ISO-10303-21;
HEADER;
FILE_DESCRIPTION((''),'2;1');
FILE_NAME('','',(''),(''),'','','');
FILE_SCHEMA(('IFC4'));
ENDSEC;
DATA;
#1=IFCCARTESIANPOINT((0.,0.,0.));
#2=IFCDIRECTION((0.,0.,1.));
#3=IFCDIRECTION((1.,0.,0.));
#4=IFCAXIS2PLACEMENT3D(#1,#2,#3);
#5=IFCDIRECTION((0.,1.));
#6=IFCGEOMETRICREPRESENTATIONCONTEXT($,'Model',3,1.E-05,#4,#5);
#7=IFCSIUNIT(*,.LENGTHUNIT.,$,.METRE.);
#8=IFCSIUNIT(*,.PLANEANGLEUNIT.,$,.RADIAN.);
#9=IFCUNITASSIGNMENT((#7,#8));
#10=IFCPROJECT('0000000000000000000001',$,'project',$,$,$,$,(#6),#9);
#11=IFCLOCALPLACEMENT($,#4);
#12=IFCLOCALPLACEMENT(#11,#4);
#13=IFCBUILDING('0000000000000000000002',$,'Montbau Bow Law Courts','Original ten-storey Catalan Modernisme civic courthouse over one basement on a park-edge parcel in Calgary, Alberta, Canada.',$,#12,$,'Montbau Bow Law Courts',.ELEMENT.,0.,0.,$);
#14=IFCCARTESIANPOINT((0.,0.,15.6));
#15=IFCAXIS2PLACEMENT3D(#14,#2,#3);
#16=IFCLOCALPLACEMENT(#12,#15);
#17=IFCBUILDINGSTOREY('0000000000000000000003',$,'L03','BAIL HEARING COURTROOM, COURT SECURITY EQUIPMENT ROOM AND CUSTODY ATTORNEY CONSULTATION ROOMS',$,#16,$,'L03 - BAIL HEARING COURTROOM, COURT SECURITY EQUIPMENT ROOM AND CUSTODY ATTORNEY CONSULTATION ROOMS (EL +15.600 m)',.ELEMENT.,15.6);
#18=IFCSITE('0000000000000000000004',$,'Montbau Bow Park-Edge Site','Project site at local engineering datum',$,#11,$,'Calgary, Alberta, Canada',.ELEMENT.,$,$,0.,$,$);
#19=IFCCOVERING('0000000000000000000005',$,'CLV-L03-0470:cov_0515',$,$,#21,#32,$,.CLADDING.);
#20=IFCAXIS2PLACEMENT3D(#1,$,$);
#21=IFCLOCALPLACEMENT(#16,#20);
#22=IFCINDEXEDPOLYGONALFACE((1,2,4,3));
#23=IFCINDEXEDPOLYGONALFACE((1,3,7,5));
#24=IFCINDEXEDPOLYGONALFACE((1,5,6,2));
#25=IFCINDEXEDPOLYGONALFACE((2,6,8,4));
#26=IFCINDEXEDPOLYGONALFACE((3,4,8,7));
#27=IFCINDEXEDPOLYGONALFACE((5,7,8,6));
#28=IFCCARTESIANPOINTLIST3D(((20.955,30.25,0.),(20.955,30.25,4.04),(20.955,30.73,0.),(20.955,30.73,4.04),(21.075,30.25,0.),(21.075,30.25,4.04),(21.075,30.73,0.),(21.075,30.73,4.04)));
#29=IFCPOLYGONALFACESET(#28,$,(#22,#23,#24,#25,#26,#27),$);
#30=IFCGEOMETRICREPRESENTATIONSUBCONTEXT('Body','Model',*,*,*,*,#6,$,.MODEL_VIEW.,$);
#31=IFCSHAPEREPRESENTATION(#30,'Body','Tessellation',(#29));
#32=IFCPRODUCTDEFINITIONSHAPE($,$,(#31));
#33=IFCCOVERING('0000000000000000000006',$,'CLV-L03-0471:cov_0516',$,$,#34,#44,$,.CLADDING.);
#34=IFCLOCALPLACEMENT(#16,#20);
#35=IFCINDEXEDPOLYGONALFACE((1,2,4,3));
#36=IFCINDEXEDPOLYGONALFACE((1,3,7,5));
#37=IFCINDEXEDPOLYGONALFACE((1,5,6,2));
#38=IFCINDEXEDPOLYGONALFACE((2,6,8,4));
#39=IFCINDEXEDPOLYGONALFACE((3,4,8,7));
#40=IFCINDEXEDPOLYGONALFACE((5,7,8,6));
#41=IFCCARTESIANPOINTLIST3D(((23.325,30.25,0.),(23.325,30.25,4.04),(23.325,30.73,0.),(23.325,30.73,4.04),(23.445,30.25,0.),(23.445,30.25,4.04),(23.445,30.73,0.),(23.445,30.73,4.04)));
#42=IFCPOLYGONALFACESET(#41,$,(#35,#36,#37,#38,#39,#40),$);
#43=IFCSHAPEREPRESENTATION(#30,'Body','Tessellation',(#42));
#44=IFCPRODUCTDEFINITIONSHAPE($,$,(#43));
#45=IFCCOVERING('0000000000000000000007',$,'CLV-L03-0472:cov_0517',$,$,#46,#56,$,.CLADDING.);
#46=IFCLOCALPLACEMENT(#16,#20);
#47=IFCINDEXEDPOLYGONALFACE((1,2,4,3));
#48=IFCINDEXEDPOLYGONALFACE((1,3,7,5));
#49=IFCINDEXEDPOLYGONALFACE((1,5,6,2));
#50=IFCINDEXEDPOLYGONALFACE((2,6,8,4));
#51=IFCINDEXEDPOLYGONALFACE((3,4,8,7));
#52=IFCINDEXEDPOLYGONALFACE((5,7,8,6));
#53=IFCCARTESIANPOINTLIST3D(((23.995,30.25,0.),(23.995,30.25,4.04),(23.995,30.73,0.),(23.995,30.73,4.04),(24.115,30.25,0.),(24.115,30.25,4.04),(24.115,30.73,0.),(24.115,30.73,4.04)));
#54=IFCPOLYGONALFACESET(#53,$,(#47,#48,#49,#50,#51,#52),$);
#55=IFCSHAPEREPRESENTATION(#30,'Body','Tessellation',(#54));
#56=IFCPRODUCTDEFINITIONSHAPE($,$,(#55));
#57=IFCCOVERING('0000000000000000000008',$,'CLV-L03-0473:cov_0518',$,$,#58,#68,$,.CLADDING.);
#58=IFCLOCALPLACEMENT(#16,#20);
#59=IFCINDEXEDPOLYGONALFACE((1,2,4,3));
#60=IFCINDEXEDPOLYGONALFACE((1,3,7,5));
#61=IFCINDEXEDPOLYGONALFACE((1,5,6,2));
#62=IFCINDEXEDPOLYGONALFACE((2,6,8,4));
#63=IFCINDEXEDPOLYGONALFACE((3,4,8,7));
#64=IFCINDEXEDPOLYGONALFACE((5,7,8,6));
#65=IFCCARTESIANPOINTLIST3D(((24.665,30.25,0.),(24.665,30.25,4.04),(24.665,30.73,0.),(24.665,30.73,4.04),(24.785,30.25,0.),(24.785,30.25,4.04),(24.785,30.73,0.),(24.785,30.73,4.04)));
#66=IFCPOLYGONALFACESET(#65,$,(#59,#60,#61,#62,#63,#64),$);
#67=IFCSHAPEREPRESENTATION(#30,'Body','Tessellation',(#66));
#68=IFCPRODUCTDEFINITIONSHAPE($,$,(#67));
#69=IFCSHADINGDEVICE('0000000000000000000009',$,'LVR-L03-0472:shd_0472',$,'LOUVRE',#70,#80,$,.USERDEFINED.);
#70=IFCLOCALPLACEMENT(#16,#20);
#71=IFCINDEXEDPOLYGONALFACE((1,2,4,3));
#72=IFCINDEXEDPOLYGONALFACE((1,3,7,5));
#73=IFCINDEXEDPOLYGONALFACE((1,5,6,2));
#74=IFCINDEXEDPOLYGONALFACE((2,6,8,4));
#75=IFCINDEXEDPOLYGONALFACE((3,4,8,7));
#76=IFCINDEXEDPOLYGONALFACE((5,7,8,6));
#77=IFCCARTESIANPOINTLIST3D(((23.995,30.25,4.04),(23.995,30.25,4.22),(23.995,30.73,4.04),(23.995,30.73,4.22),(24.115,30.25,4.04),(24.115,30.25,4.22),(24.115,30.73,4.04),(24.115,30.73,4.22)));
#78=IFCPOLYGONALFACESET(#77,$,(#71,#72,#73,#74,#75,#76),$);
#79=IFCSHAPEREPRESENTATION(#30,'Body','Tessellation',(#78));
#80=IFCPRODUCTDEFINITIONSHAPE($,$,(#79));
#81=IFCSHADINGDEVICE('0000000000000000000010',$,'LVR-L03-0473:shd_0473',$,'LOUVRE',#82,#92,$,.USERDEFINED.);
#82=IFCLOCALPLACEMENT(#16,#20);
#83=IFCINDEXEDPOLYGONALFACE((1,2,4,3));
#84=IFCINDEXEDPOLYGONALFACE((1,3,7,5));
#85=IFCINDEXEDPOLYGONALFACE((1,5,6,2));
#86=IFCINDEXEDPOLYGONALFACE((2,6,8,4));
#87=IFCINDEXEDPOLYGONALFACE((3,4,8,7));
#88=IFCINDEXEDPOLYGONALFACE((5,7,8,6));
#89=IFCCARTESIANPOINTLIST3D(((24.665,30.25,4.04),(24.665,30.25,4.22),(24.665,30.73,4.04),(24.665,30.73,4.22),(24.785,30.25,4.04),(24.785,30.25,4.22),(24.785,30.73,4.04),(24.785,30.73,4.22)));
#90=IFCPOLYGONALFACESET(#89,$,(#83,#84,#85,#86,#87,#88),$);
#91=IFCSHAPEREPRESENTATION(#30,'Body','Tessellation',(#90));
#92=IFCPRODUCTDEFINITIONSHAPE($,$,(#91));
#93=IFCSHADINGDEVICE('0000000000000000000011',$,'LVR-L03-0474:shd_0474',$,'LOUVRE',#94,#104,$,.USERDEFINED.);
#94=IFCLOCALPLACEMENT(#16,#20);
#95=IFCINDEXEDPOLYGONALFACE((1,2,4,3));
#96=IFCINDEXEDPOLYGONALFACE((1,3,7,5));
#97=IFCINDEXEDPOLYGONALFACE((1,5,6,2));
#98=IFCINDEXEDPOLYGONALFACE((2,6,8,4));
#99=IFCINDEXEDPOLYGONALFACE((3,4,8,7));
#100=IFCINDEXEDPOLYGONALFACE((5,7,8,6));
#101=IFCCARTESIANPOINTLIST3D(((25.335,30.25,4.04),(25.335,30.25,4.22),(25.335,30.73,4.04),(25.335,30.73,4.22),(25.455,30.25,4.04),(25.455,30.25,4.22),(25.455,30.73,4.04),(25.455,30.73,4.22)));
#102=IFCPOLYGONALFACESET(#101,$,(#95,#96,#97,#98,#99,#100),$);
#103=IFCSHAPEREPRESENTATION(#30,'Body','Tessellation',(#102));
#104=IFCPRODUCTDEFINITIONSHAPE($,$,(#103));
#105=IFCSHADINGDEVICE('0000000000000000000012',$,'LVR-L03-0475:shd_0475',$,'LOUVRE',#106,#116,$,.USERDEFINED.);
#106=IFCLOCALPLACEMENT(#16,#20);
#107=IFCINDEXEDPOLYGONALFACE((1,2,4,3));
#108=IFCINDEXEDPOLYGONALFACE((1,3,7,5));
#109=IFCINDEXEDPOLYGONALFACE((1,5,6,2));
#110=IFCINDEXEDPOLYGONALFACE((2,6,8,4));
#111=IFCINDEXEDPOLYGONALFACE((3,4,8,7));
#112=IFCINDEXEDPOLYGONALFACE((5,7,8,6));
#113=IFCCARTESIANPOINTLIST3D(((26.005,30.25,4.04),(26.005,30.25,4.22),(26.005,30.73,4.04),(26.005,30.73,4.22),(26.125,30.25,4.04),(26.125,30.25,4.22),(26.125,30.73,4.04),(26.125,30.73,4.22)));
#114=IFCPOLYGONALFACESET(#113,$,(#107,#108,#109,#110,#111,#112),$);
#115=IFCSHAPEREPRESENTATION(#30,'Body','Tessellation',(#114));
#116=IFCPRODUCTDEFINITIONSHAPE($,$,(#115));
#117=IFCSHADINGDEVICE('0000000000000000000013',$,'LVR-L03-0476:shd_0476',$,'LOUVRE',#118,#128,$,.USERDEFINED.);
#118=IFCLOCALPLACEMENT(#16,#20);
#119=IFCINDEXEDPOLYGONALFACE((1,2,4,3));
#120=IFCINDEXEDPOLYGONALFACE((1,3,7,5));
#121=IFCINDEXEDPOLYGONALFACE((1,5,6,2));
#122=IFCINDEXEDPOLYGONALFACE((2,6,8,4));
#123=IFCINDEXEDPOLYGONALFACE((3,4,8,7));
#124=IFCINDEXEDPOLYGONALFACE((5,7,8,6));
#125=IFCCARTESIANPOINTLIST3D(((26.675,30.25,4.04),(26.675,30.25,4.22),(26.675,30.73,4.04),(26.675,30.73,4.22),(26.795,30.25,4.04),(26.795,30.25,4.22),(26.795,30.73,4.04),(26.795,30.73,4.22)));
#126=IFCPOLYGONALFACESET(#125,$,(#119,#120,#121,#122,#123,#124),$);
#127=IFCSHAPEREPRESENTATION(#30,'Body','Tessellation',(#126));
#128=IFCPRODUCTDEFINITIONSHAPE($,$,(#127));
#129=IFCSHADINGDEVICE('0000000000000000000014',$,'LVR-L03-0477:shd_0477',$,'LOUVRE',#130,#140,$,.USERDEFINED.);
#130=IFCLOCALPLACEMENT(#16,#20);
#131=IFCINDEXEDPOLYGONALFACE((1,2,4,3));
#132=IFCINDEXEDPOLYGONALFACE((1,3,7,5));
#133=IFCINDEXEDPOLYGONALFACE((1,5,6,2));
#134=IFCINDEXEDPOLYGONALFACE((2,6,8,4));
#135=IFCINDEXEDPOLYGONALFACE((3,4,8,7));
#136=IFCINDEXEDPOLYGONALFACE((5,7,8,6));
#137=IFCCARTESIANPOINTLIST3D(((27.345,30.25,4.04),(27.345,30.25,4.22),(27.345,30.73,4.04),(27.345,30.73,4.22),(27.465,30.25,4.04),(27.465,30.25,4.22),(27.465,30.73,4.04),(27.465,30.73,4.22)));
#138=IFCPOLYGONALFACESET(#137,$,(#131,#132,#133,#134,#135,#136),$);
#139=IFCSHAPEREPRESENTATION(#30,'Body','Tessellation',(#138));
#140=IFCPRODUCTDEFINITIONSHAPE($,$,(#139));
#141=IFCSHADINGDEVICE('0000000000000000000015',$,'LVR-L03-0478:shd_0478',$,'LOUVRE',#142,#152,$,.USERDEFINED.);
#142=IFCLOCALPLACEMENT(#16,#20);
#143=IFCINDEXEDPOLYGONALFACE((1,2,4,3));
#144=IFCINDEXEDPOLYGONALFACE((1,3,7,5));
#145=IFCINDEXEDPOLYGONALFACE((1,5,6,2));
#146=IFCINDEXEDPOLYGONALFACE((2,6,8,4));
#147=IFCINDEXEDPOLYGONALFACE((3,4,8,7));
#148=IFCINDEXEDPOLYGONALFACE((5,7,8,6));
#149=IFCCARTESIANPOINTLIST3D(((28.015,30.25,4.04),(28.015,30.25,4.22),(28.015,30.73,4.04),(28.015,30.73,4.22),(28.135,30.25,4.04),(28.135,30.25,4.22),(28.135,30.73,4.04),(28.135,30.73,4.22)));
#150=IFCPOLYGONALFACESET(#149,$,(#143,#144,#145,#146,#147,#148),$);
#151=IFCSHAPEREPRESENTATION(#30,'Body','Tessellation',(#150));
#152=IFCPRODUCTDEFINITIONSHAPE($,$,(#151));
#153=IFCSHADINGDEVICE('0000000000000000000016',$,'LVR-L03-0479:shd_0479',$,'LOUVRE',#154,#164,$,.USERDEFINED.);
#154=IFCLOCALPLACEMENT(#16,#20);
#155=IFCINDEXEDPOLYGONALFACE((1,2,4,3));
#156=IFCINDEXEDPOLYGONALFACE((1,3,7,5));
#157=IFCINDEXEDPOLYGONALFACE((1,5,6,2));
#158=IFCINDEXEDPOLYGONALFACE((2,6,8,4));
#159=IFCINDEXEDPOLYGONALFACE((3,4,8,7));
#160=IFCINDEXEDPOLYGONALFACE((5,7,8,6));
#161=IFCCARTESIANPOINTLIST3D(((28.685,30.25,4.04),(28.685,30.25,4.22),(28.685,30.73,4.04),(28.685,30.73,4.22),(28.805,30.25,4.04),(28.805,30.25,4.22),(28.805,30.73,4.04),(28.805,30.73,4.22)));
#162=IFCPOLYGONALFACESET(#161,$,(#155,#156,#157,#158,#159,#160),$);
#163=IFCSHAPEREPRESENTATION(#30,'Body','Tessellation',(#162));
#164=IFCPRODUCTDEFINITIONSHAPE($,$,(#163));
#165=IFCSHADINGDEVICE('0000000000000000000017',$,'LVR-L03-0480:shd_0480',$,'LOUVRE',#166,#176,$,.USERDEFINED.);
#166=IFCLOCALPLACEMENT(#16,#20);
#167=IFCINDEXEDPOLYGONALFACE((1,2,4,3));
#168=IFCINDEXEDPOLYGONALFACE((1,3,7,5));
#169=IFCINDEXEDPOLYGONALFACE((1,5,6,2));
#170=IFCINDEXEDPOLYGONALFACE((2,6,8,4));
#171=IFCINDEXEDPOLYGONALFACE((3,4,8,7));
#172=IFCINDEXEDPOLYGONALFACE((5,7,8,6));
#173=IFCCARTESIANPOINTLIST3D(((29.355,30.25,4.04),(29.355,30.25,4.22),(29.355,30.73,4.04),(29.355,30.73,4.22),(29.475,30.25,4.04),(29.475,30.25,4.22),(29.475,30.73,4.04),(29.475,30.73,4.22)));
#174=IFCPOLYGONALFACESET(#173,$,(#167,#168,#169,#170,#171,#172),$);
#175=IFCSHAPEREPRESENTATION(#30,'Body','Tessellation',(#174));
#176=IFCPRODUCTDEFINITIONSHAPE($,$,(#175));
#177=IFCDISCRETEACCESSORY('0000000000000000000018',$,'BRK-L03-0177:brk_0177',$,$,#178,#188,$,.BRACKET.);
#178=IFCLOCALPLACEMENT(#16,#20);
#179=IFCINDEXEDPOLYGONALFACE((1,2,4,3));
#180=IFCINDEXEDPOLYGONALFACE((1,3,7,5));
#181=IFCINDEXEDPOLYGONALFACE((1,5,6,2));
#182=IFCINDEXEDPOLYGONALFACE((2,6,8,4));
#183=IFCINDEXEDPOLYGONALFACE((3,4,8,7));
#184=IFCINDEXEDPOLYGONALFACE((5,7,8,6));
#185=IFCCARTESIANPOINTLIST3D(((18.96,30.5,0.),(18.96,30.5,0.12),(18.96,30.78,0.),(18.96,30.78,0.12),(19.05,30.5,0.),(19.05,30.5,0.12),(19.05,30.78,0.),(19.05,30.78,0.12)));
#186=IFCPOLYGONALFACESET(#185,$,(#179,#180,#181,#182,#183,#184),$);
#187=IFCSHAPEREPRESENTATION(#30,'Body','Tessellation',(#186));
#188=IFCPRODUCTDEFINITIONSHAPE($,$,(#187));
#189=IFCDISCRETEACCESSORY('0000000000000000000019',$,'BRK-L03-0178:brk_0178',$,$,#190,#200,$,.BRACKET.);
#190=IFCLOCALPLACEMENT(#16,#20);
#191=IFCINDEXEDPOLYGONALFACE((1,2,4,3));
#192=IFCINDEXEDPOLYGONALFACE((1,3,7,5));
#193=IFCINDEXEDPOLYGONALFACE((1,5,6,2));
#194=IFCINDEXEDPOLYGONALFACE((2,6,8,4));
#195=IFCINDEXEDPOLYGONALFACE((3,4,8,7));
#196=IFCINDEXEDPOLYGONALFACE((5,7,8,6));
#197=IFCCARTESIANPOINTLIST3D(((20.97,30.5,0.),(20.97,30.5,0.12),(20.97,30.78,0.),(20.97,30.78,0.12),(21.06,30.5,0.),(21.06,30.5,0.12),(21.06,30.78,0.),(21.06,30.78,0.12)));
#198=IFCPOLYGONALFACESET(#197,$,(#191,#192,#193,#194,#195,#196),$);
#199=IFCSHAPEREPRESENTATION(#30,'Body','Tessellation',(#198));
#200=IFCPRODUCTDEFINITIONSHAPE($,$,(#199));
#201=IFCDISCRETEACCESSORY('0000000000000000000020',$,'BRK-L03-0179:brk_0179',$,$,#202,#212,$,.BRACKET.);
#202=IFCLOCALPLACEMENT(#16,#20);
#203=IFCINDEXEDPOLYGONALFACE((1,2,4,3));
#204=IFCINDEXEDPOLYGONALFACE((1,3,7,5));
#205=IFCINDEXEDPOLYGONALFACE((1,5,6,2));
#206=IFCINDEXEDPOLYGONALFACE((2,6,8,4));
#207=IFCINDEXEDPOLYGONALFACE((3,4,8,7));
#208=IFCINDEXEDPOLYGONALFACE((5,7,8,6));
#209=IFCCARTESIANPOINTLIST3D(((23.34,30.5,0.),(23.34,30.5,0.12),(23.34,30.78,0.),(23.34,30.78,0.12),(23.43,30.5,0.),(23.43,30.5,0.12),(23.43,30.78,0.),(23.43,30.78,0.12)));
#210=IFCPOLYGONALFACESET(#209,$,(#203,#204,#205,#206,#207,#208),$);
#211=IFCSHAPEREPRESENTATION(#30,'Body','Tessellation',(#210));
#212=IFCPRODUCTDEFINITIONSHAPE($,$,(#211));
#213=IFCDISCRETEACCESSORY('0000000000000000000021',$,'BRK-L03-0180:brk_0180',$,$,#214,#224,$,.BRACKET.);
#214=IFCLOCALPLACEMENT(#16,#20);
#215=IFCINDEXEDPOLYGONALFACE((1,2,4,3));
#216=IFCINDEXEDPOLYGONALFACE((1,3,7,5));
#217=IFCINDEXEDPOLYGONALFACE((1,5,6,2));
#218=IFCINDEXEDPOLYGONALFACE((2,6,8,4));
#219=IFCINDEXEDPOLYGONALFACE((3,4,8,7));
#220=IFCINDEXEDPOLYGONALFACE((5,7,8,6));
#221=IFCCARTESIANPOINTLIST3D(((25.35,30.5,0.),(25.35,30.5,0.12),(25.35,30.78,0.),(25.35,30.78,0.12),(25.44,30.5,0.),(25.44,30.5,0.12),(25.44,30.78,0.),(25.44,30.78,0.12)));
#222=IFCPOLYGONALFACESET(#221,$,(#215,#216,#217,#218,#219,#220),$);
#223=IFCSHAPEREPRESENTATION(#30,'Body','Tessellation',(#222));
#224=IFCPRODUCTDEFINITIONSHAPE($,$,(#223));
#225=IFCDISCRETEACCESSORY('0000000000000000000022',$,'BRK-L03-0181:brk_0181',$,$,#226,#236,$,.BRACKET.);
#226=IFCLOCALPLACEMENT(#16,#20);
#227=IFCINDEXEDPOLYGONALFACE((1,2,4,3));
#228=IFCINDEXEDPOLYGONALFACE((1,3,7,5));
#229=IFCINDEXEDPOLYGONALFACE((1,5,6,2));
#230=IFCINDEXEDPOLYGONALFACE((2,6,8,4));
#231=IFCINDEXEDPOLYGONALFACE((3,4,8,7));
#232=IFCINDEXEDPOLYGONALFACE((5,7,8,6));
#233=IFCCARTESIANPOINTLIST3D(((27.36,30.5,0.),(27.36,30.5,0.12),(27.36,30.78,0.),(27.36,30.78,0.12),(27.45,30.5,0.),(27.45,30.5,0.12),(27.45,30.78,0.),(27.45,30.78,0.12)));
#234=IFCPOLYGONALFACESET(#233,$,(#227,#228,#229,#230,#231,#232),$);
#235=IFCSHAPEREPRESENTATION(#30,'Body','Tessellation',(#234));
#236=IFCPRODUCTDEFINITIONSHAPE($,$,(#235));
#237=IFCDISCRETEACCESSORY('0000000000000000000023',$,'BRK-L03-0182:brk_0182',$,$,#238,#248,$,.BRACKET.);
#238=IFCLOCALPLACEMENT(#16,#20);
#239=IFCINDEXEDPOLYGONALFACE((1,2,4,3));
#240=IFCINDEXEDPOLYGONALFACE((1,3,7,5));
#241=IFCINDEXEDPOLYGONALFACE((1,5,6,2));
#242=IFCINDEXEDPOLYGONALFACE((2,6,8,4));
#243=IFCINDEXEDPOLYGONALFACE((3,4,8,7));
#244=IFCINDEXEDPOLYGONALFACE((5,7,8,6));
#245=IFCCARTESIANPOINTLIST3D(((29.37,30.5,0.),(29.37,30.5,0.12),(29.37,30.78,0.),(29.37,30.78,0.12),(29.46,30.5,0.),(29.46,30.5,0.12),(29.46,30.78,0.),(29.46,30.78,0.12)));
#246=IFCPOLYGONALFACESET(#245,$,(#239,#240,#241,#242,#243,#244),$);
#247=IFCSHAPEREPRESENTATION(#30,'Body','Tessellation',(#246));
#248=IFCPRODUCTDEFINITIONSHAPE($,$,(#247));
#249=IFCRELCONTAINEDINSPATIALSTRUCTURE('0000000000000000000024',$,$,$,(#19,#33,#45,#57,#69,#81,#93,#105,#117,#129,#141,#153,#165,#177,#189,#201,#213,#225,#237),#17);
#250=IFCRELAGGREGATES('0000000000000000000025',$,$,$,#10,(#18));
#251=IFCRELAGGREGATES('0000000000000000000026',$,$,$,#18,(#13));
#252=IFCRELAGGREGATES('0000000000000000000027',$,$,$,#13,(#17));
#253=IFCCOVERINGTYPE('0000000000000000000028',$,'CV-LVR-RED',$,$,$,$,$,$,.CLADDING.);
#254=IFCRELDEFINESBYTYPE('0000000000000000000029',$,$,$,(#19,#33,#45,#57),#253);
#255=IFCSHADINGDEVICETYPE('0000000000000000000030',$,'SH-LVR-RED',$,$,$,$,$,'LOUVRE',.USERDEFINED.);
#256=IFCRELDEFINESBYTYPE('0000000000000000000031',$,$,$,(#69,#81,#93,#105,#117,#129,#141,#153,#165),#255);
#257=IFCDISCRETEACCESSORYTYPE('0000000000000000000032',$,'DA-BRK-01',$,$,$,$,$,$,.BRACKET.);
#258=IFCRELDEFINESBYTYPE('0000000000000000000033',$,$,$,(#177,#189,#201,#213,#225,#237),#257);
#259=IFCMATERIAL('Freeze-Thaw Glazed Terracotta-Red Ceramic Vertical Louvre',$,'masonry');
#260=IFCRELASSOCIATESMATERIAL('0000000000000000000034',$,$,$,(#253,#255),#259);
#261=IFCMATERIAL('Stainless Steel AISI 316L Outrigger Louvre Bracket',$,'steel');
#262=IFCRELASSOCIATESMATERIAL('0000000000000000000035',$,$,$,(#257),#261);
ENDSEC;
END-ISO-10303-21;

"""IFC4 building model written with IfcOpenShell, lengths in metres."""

from ifc_helpers import new_model, si_unit, direction, frame, frame_2d, origin_with_axes, origin_2d_with_axis, place, context, subcontext, project, spatial, rectangle, extrude, material, type_object, element, save


model = new_model("IFC4")

# Units and contexts
model_context = context("Model", 3, precision=1e-05, world=origin_with_axes(), true_north=direction((0.0, 1.0)))
body_context = subcontext(model_context, "Body", "Model", "MODEL_VIEW")
ifc_project = project(units=[si_unit("LENGTHUNIT", "METRE"), si_unit("PLANEANGLEUNIT", "RADIAN")], contexts=[model_context])

# Site, building, storey
site_placement = place(None, origin_with_axes())
site = spatial("IfcSite", under=ifc_project, at=site_placement, Name="Montbau Bow Park-Edge Site", Description="Project site at local engineering datum", LongName="Calgary, Alberta, Canada", CompositionType="ELEMENT", RefElevation=0.0)
building_placement = place(site_placement, origin_with_axes())
building = spatial("IfcBuilding", under=site, at=building_placement, Name="Montbau Bow Law Courts", Description="Original ten-storey Catalan Modernisme civic courthouse over one basement on a park-edge parcel in Calgary, Alberta, Canada.", LongName="Montbau Bow Law Courts", CompositionType="ELEMENT", ElevationOfRefHeight=0.0, ElevationOfTerrain=0.0)
storey_placement = place(building_placement, frame((0.0, 0.0, 15.6), z_axis=(0.0, 0.0, 1.0), x_axis=(1.0, 0.0, 0.0)))
storey = spatial("IfcBuildingStorey", under=building, at=storey_placement, Name="L03", Description="BAIL HEARING COURTROOM, COURT SECURITY EQUIPMENT ROOM AND CUSTODY ATTORNEY CONSULTATION ROOMS", LongName="L03 - BAIL HEARING COURTROOM, COURT SECURITY EQUIPMENT ROOM AND CUSTODY ATTORNEY CONSULTATION ROOMS (EL +15.600 m)", CompositionType="ELEMENT", Elevation=15.6)

# Coverings
ifc_material_1 = material(Name="Freeze-Thaw Glazed Terracotta-Red Ceramic Vertical Louvre", Category="masonry")
covering_type = type_object("IfcCoveringType", Name="CV-LVR-RED", PredefinedType="CLADDING", material=ifc_material_1)
for number, where, z_axis, x_axis, name in (
    (1, (21.015, 30.73, 15.6), (-1.0, 0.0, 0.0), (0.0, -1.0, 0.0), "CLV-L03-0470:cov_0515"),
    (2, (23.385, 30.73, 15.6), (-1.0, 0.0, 0.0), (0.0, -1.0, 0.0), "CLV-L03-0471:cov_0516"),
    (3, (24.055, 30.73, 15.6), (-1.0, 0.0, 0.0), (0.0, -1.0, 0.0), "CLV-L03-0472:cov_0517"),
    (4, (24.725, 30.73, 15.6), (-1.0, 0.0, 0.0), (0.0, -1.0, 0.0), "CLV-L03-0473:cov_0518"),
):
    element("IfcCovering", number, at=place(None, frame(where, z_axis=z_axis, x_axis=x_axis)), inside=storey, type_object=covering_type, Name=name, PredefinedType="CLADDING", context=body_context, shape_type="SweptSolid", body=[
        extrude(rectangle(XDim=0.48, YDim=4.04, at=frame_2d((0.24, 2.02), x_axis=(1.0, 0.0))), frame((0.0, 0.0, -0.06), z_axis=(0.0, 0.0, 1.0), x_axis=(1.0, 0.0, 0.0)), (0.0, 0.0, 1.0), 0.12),
    ])

# Shading devices
shading_device_type = type_object("IfcShadingDeviceType", Name="SH-LVR-RED", ElementType="LOUVRE", PredefinedType="USERDEFINED", material=ifc_material_1)
for number, where, z_axis, x_axis, name in (
    (5, (24.055, 30.49, 19.64), (0.0, 0.0, 1.0), (0.0, -1.0, 0.0), "LVR-L03-0472:shd_0472"),
    (6, (24.725, 30.49, 19.64), (0.0, 0.0, 1.0), (0.0, -1.0, 0.0), "LVR-L03-0473:shd_0473"),
    (7, (25.395, 30.49, 19.64), (0.0, 0.0, 1.0), (0.0, -1.0, 0.0), "LVR-L03-0474:shd_0474"),
    (8, (26.065, 30.49, 19.64), (0.0, 0.0, 1.0), (0.0, -1.0, 0.0), "LVR-L03-0475:shd_0475"),
    (9, (26.735, 30.49, 19.64), (0.0, 0.0, 1.0), (0.0, -1.0, 0.0), "LVR-L03-0476:shd_0476"),
    (10, (27.405, 30.49, 19.64), (0.0, 0.0, 1.0), (0.0, -1.0, 0.0), "LVR-L03-0477:shd_0477"),
    (11, (28.075, 30.49, 19.64), (0.0, 0.0, 1.0), (0.0, -1.0, 0.0), "LVR-L03-0478:shd_0478"),
    (12, (28.745, 30.49, 19.64), (0.0, 0.0, 1.0), (0.0, -1.0, 0.0), "LVR-L03-0479:shd_0479"),
    (13, (29.415, 30.49, 19.64), (0.0, 0.0, 1.0), (0.0, -1.0, 0.0), "LVR-L03-0480:shd_0480"),
):
    element("IfcShadingDevice", number, at=place(None, frame(where, z_axis=z_axis, x_axis=x_axis)), inside=storey, type_object=shading_device_type, Name=name, ObjectType="LOUVRE", PredefinedType="USERDEFINED", context=body_context, shape_type="SweptSolid", body=[
        extrude(rectangle(XDim=0.48, YDim=0.12, at=origin_2d_with_axis()), origin_with_axes(), (0.0, 0.0, 1.0), 0.18),
    ])

# Discrete accessories
ifc_material_2 = material(Name="Stainless Steel AISI 316L Outrigger Louvre Bracket", Category="steel")
discrete_accessory_type = type_object("IfcDiscreteAccessoryType", Name="DA-BRK-01", PredefinedType="BRACKET", material=ifc_material_2)
for number, where, z_axis, x_axis, name in (
    (14, (19.005, 30.64, 15.6), (0.0, 0.0, 1.0), (0.0, -1.0, 0.0), "BRK-L03-0177:brk_0177"),
    (15, (21.015, 30.64, 15.6), (0.0, 0.0, 1.0), (0.0, -1.0, 0.0), "BRK-L03-0178:brk_0178"),
    (16, (23.385, 30.64, 15.6), (0.0, 0.0, 1.0), (0.0, -1.0, 0.0), "BRK-L03-0179:brk_0179"),
    (17, (25.395, 30.64, 15.6), (0.0, 0.0, 1.0), (0.0, -1.0, 0.0), "BRK-L03-0180:brk_0180"),
    (18, (27.405, 30.64, 15.6), (0.0, 0.0, 1.0), (0.0, -1.0, 0.0), "BRK-L03-0181:brk_0181"),
    (19, (29.415, 30.64, 15.6), (0.0, 0.0, 1.0), (0.0, -1.0, 0.0), "BRK-L03-0182:brk_0182"),
):
    element("IfcDiscreteAccessory", number, at=place(None, frame(where, z_axis=z_axis, x_axis=x_axis)), inside=storey, type_object=discrete_accessory_type, Name=name, PredefinedType="BRACKET", context=body_context, shape_type="SweptSolid", body=[
        extrude(rectangle(XDim=0.28, YDim=0.09, at=origin_2d_with_axis()), origin_with_axes(), (0.0, 0.0, 1.0), 0.12),
    ])

save(model, "model.ifc")
